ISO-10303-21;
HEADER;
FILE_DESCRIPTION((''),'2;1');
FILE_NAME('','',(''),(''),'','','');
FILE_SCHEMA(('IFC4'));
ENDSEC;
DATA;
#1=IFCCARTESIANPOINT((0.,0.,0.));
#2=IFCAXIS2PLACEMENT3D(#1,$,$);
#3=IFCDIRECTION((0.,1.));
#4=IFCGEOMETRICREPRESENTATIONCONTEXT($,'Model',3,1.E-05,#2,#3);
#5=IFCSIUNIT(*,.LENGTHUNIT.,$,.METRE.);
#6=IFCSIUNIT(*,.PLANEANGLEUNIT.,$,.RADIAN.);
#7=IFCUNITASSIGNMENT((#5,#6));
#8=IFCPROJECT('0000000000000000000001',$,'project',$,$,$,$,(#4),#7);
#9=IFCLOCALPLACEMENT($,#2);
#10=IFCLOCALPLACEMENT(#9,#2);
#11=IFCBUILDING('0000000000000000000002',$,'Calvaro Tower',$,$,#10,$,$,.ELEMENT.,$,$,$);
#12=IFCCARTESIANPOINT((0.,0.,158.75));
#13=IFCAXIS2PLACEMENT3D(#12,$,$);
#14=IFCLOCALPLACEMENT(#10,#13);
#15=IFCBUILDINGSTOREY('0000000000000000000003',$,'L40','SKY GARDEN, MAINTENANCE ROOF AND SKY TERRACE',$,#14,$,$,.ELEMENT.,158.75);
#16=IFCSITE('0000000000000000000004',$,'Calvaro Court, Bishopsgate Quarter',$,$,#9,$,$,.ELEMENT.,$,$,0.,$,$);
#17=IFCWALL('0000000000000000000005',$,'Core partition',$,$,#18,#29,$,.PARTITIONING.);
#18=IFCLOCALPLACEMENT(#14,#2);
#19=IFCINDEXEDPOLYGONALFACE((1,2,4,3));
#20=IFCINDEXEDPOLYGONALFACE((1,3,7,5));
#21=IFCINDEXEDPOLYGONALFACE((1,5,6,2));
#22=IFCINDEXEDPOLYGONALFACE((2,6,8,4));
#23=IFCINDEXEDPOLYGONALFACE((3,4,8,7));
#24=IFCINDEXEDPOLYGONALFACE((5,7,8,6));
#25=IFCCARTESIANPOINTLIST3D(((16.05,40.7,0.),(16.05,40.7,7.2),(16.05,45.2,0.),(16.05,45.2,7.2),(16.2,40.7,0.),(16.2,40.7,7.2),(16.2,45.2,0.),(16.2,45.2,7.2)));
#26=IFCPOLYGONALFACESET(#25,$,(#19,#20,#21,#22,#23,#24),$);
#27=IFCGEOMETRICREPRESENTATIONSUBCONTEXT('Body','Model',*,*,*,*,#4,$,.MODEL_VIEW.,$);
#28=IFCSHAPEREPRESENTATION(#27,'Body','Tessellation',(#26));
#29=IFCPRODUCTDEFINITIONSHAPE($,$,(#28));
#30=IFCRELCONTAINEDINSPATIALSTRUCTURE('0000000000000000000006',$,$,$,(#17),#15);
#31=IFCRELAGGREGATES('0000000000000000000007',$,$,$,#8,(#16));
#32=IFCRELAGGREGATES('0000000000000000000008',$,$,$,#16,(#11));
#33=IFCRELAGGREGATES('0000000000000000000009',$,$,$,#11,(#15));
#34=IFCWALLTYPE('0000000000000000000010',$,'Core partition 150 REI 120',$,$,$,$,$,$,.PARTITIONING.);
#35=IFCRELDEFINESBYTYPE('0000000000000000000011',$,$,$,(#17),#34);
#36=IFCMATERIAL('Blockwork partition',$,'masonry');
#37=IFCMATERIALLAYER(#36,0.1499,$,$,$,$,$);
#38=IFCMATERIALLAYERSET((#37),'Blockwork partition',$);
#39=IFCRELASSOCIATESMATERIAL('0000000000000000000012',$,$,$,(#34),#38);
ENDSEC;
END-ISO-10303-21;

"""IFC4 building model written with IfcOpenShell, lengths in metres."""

from ifc_helpers import new_model, si_unit, direction, frame, frame_2d, origin, place, context, subcontext, project, spatial, rectangle, extrude, material, layer, layer_set, type_object, element, save


model = new_model("IFC4")

# Units and contexts
model_context = context("Model", 3, precision=1e-05, world=origin(), true_north=direction((0.0, 1.0)))
body_context = subcontext(model_context, "Body", "Model", "MODEL_VIEW")
ifc_project = project(units=[si_unit("LENGTHUNIT", "METRE"), si_unit("PLANEANGLEUNIT", "RADIAN")], contexts=[model_context])

# Site, building, storey
site_placement = place(None, origin())
site = spatial("IfcSite", under=ifc_project, at=site_placement, Name="Calvaro Court, Bishopsgate Quarter", CompositionType="ELEMENT", RefElevation=0.0)
building_placement = place(site_placement, origin())
building = spatial("IfcBuilding", under=site, at=building_placement, Name="Calvaro Tower", CompositionType="ELEMENT")
storey_placement = place(building_placement, frame((0.0, 0.0, 158.75)))
storey = spatial("IfcBuildingStorey", under=building, at=storey_placement, Name="L40", Description="SKY GARDEN, MAINTENANCE ROOF AND SKY TERRACE", CompositionType="ELEMENT", Elevation=158.75)

# Wall
ifc_material_1 = material(Name="Blockwork partition", Category="masonry")
ifc_layer_1 = layer(ifc_material_1, 0.1499)
ifc_layer_set_1 = layer_set([ifc_layer_1], Name="Blockwork partition")
wall_type_1 = type_object("IfcWallType", Name="Core partition 150 REI 120", PredefinedType="PARTITIONING", material=ifc_layer_set_1)
wall_1_placement = place(storey_placement, frame((16.125, 40.7, 0.0), z_axis=(0.0, 0.0, 1.0), x_axis=(0.0, 1.0, 0.0)))
element("IfcWall", 1, at=wall_1_placement, inside=storey, type_object=wall_type_1, Name="Core partition", PredefinedType="PARTITIONING", context=body_context, shape_type="SweptSolid", body=[
    extrude(rectangle(XDim=4.5, YDim=0.1499, at=frame_2d((2.25, 0.0))), origin(), (0.0, 0.0, 1.0), 7.2),
])

save(model, "model.ifc")
